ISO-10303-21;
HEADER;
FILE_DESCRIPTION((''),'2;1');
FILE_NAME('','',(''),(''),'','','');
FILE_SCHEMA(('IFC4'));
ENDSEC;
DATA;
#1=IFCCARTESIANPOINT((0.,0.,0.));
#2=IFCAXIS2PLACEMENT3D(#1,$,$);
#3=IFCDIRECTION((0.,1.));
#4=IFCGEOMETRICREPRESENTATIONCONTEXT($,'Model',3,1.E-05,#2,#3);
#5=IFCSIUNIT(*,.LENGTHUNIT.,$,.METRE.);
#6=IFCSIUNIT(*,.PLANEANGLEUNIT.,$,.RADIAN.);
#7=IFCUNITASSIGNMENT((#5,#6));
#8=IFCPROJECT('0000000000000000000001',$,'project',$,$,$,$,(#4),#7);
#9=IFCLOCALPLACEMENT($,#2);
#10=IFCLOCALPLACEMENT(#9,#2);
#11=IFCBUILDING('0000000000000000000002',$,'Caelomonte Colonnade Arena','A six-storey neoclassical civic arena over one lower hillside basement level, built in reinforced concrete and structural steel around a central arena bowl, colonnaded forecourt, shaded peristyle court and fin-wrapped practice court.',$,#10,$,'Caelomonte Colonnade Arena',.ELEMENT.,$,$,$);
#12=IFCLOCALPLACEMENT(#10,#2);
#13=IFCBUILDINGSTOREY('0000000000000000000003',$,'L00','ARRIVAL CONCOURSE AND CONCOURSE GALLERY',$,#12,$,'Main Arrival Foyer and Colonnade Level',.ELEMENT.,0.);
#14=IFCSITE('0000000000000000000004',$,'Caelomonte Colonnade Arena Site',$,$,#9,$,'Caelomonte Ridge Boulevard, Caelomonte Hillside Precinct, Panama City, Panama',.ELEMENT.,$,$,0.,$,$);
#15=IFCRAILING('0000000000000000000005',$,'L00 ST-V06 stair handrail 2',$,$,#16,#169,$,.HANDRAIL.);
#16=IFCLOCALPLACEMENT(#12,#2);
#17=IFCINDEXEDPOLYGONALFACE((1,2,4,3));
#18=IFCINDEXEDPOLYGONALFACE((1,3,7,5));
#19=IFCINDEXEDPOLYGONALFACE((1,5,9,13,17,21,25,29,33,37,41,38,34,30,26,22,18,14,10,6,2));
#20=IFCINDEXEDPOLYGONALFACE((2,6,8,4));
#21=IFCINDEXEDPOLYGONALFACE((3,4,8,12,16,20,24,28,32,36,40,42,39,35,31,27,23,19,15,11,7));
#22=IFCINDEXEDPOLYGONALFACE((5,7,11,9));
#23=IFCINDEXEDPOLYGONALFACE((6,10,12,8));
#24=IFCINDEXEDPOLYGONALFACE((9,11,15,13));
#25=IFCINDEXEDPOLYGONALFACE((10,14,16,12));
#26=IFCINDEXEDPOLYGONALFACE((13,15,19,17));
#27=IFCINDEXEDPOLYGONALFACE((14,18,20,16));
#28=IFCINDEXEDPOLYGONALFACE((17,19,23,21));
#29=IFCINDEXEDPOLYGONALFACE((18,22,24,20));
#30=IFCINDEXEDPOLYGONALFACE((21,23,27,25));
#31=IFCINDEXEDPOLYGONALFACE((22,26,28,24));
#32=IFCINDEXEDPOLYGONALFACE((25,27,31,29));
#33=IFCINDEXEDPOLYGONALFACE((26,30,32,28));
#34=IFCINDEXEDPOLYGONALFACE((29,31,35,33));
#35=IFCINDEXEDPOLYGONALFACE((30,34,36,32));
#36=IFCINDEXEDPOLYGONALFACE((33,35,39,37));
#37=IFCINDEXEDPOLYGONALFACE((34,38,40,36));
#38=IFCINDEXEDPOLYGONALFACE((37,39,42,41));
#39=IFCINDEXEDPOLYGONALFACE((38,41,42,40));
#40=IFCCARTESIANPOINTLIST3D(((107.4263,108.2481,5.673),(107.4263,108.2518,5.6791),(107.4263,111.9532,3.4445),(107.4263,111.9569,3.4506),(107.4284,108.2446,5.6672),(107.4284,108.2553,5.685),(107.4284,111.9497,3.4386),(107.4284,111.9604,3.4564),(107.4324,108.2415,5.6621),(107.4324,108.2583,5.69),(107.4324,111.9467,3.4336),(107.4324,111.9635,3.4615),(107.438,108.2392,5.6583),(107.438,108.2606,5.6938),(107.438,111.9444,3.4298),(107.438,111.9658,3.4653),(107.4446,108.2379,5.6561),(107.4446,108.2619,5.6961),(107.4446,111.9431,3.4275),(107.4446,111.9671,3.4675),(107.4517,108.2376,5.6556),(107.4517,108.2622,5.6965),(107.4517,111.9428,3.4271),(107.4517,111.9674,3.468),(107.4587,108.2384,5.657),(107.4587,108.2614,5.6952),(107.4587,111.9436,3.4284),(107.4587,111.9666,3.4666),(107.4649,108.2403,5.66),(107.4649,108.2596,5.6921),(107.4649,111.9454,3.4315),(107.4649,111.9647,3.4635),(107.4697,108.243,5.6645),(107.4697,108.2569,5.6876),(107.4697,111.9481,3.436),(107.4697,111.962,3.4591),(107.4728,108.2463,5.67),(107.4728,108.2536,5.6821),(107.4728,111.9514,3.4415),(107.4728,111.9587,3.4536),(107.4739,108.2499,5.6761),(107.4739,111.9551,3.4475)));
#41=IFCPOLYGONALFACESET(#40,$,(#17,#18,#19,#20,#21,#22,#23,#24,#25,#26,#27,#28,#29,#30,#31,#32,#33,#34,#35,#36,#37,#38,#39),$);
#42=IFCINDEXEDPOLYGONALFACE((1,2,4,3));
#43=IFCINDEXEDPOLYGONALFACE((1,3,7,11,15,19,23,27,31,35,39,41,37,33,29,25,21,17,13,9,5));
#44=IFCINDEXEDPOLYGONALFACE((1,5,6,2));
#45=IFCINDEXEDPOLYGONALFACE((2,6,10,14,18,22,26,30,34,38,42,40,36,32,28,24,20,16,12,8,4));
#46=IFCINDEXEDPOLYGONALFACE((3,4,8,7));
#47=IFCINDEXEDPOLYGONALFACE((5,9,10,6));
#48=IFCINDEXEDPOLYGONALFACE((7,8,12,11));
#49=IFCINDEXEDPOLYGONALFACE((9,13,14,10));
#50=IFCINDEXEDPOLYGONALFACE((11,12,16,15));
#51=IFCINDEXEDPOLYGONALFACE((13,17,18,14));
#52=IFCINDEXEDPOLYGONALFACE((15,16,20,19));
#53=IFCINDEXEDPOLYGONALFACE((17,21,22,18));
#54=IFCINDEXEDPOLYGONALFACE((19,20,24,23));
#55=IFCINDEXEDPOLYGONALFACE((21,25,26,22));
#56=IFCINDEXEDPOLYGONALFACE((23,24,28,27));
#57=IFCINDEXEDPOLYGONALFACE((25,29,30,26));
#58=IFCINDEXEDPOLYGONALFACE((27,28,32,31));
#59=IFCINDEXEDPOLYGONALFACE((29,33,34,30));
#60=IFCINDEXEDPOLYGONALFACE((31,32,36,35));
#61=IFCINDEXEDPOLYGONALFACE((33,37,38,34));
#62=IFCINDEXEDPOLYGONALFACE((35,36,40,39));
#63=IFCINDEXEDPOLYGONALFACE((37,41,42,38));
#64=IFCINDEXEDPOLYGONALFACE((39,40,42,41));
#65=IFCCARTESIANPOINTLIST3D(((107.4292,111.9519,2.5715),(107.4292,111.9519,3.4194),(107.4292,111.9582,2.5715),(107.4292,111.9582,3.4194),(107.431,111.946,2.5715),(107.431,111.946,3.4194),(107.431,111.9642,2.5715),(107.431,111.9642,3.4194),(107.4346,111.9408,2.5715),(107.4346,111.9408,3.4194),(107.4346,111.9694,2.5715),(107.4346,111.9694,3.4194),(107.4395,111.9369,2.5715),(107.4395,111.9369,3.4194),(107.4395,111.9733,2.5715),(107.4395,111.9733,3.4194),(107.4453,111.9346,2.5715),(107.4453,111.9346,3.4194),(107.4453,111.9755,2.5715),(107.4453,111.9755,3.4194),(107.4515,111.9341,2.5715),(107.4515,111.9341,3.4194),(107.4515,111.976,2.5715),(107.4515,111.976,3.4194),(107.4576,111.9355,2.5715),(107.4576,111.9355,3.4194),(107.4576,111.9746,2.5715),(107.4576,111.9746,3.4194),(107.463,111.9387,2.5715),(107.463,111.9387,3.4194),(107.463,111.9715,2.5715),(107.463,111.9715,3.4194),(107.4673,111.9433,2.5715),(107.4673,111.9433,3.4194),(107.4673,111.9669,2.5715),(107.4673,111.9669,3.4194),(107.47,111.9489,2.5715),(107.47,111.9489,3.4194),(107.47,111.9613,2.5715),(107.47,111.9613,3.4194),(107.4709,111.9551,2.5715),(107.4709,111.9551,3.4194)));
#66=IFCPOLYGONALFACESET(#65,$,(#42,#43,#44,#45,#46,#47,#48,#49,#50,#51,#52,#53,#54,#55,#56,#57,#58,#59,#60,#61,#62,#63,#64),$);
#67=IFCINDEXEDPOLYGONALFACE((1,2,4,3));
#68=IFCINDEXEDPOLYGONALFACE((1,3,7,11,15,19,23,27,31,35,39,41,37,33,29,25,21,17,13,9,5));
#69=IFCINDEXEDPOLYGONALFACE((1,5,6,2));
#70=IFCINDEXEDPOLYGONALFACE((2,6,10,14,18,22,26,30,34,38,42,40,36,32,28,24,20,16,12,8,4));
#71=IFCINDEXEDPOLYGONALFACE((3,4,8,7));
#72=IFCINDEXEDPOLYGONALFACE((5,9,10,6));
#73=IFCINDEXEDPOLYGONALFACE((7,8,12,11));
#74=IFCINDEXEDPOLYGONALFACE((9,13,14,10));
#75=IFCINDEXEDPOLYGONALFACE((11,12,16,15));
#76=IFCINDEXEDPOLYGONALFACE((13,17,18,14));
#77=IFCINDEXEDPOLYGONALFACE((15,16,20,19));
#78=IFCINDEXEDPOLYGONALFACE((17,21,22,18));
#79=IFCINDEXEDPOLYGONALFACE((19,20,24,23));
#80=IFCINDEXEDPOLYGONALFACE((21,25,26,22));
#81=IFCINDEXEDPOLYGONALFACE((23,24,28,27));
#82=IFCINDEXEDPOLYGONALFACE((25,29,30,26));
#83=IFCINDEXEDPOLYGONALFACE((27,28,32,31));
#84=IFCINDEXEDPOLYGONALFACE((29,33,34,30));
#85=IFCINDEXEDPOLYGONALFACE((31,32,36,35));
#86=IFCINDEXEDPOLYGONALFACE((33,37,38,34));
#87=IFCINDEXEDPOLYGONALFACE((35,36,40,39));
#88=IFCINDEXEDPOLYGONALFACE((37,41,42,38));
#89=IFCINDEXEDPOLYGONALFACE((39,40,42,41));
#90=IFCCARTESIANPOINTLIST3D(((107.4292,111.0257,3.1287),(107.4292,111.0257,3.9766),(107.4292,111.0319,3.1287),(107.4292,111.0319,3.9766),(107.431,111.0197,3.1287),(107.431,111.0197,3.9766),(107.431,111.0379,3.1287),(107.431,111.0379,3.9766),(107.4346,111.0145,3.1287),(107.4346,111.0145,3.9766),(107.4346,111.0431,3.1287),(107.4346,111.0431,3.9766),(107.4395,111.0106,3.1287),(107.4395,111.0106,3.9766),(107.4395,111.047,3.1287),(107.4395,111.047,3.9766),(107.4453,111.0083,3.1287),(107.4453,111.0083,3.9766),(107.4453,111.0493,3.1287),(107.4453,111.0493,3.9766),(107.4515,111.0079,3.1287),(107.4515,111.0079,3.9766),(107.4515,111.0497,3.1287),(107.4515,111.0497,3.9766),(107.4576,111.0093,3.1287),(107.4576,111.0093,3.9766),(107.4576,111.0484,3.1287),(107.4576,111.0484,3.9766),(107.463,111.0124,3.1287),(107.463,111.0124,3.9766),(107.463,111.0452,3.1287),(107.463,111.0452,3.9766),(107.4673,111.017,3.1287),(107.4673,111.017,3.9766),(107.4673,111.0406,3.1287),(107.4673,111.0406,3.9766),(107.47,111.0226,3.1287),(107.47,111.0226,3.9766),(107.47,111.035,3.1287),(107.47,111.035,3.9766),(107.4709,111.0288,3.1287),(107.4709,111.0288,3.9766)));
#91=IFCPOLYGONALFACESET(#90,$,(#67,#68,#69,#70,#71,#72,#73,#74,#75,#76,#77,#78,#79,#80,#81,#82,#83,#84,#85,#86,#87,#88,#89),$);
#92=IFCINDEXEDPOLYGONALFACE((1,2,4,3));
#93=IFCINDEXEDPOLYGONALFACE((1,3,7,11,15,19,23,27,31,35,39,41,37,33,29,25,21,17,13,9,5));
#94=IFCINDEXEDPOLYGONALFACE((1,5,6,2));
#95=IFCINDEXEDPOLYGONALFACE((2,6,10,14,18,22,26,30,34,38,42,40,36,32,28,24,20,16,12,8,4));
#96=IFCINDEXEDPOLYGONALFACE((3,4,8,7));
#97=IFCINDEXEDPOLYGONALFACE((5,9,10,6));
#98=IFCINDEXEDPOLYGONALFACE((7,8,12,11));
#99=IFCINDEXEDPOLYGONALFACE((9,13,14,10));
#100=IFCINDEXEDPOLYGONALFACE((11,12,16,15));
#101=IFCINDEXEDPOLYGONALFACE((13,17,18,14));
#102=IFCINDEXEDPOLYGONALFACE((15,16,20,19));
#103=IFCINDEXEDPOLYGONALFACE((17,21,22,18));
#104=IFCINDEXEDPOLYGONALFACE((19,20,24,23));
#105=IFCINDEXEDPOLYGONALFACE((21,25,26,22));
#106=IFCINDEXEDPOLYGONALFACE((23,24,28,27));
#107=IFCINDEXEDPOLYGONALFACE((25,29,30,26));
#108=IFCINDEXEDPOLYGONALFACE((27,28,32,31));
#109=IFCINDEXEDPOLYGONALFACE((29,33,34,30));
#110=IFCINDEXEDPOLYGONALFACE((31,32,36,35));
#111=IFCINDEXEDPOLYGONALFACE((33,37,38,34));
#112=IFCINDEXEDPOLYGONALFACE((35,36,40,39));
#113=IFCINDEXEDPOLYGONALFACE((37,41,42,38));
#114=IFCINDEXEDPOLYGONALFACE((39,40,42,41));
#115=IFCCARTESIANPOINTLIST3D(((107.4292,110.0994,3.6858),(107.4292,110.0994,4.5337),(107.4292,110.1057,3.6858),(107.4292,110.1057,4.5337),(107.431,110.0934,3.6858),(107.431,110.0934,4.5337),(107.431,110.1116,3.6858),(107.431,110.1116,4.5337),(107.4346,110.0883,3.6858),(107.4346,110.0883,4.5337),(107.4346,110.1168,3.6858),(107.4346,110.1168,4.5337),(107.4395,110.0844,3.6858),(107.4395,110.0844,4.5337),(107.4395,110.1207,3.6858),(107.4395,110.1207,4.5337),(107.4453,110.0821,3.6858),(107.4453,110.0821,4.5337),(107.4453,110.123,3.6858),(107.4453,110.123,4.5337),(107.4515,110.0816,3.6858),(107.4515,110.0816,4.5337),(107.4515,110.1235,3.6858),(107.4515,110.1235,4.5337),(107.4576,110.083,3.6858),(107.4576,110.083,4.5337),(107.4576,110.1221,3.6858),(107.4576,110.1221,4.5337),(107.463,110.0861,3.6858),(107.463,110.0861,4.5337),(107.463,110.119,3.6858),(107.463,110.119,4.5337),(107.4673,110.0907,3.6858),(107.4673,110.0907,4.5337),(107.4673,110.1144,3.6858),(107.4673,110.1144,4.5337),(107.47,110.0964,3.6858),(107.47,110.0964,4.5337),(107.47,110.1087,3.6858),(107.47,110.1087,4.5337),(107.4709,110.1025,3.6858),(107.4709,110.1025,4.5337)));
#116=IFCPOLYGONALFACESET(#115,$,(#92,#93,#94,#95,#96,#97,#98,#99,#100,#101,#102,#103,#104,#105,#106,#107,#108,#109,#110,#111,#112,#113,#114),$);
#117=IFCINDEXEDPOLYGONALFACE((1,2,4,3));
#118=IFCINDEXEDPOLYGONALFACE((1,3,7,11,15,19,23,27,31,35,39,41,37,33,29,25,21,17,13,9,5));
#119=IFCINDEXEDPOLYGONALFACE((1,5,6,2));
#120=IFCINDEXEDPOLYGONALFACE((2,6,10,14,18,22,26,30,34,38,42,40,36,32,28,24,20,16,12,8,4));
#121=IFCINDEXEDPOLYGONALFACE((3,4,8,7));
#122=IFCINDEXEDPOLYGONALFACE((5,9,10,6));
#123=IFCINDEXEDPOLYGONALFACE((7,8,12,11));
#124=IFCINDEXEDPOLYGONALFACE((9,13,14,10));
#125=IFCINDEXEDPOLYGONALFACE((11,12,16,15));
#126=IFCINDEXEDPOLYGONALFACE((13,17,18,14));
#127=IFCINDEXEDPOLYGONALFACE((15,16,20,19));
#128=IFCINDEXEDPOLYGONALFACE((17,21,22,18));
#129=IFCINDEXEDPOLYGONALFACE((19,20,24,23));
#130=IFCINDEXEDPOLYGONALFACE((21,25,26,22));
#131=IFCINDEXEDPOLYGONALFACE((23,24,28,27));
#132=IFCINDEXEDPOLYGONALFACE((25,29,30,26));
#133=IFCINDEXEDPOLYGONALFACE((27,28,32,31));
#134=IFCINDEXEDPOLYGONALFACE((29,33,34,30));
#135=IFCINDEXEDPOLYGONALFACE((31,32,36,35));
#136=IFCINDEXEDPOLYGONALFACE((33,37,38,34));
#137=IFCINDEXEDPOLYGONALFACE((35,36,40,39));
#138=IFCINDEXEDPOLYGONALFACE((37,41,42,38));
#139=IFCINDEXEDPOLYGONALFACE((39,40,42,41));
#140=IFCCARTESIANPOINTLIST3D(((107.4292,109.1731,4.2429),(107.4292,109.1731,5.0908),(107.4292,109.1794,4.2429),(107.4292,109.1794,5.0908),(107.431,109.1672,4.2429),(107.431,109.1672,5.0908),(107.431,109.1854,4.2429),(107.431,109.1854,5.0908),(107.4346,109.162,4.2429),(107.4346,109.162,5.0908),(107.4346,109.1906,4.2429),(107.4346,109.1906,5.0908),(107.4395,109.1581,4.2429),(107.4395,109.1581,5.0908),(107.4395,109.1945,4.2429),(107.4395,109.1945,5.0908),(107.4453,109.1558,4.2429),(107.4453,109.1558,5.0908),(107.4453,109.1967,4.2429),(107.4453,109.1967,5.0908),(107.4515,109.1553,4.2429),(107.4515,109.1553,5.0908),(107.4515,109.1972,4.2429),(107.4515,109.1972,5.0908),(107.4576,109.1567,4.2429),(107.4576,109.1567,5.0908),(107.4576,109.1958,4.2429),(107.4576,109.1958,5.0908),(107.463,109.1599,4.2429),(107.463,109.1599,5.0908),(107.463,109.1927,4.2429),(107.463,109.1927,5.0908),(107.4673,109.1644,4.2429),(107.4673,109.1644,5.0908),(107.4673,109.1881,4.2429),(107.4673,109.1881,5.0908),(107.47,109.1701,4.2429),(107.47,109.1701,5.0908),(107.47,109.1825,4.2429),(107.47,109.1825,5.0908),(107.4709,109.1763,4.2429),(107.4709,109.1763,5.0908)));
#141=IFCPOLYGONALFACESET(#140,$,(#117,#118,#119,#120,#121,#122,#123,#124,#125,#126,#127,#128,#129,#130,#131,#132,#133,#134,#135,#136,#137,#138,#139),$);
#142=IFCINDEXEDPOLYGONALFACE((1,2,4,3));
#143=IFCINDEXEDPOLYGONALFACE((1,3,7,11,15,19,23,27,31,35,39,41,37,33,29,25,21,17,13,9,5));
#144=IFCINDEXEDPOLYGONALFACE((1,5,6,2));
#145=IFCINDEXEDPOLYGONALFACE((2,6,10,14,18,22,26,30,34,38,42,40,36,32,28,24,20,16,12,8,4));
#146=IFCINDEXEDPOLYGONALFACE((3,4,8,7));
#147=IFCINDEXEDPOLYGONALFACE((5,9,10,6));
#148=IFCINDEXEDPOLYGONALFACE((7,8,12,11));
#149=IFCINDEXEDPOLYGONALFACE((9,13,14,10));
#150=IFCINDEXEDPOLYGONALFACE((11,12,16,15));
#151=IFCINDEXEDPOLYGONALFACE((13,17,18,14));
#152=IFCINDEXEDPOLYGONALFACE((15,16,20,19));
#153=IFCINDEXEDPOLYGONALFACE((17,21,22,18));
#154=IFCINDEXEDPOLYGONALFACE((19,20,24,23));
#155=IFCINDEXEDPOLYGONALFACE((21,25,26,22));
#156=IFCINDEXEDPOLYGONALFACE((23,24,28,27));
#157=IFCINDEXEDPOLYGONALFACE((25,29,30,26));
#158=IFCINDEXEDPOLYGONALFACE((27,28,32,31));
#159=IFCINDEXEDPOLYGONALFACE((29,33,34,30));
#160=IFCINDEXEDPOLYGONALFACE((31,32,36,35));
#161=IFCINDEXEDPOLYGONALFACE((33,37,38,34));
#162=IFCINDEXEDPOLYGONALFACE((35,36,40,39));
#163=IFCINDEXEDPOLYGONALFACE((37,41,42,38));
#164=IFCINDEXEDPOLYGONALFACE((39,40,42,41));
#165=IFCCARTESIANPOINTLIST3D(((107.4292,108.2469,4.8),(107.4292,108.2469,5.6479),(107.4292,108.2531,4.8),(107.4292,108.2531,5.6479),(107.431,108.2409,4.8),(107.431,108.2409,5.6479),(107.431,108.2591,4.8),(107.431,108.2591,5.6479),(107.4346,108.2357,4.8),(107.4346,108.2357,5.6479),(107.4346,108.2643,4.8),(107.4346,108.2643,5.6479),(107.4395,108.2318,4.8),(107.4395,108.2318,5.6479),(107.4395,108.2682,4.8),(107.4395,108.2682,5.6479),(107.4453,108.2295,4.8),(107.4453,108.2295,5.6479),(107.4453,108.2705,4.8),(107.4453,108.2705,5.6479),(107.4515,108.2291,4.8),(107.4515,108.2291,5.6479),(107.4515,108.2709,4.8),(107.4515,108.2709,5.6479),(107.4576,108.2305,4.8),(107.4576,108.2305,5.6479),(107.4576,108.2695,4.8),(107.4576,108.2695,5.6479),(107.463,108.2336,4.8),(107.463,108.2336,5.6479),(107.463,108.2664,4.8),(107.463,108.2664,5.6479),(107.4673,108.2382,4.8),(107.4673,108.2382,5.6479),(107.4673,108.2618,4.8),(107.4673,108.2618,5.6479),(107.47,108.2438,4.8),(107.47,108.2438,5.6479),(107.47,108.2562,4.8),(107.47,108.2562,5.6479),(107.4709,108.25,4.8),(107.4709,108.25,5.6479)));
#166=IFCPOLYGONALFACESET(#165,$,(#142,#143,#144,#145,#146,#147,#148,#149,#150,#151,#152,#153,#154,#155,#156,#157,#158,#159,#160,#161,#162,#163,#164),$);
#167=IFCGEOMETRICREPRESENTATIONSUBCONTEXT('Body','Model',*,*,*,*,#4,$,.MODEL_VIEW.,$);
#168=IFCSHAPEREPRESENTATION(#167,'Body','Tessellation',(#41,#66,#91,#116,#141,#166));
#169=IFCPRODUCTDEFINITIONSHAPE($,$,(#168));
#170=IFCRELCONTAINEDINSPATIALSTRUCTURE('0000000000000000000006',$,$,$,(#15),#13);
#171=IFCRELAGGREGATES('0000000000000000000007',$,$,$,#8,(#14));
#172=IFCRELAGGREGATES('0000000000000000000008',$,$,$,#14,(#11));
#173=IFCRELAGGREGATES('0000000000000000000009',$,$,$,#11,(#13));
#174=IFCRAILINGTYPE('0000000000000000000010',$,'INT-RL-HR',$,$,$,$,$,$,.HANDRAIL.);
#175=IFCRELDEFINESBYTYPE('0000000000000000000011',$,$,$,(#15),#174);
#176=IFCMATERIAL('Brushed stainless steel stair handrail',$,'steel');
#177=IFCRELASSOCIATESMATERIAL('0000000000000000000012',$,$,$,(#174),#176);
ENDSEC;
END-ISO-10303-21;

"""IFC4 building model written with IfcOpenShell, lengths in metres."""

from ifc_helpers import new_model, si_unit, direction, frame, origin, origin_2d, place, context, subcontext, project, spatial, circle, extrude, material, type_object, element, save


model = new_model("IFC4")

# Units and contexts
model_context = context("Model", 3, precision=1e-05, world=origin(), true_north=direction((0.0, 1.0)))
body_context = subcontext(model_context, "Body", "Model", "MODEL_VIEW")
ifc_project = project(units=[si_unit("LENGTHUNIT", "METRE"), si_unit("PLANEANGLEUNIT", "RADIAN")], contexts=[model_context])

# Site, building, storey
site_placement = place(None, origin())
site = spatial("IfcSite", under=ifc_project, at=site_placement, Name="Caelomonte Colonnade Arena Site", LongName="Caelomonte Ridge Boulevard, Caelomonte Hillside Precinct, Panama City, Panama", CompositionType="ELEMENT", RefElevation=0.0)
building_placement = place(site_placement, origin())
building = spatial("IfcBuilding", under=site, at=building_placement, Name="Caelomonte Colonnade Arena", Description="A six-storey neoclassical civic arena over one lower hillside basement level, built in reinforced concrete and structural steel around a central arena bowl, colonnaded forecourt, shaded peristyle court and fin-wrapped practice court.", LongName="Caelomonte Colonnade Arena", CompositionType="ELEMENT")
storey_placement = place(building_placement, origin())
storey = spatial("IfcBuildingStorey", under=building, at=storey_placement, Name="L00", Description="ARRIVAL CONCOURSE AND CONCOURSE GALLERY", LongName="Main Arrival Foyer and Colonnade Level", CompositionType="ELEMENT", Elevation=0.0)

# Railing
ifc_material_1 = material(Name="Brushed stainless steel stair handrail", Category="steel")
railing_type_1 = type_object("IfcRailingType", Name="INT-RL-HR", PredefinedType="HANDRAIL", material=ifc_material_1)
railing_1_placement = place(storey_placement, frame((107.45, 111.9551, 2.5715)))
element("IfcRailing", 1, at=railing_1_placement, inside=storey, type_object=railing_type_1, Name="L00 ST-V06 stair handrail 2", PredefinedType="HANDRAIL", context=body_context, shape_type="SweptSolid", body=[
    extrude(circle(Radius=0.0239, at=origin_2d()), frame((0.0, 0.0, 0.876), z_axis=(0.0, -0.856934, 0.515425), x_axis=(1.0, 0.0, 0.0)), (0.0, 0.0, 1.0), 4.3237),
    extrude(circle(Radius=0.021, at=origin_2d()), origin(), (0.0, 0.0, 1.0), 0.8479),
    extrude(circle(Radius=0.021, at=origin_2d()), frame((0.0, -0.9263, 0.5571)), (0.0, 0.0, 1.0), 0.8479),
    extrude(circle(Radius=0.021, at=origin_2d()), frame((0.0, -1.8525, 1.1143)), (0.0, 0.0, 1.0), 0.8479),
    extrude(circle(Radius=0.021, at=origin_2d()), frame((0.0, -2.7788, 1.6714)), (0.0, 0.0, 1.0), 0.8479),
    extrude(circle(Radius=0.021, at=origin_2d()), frame((0.0, -3.7051, 2.2285)), (0.0, 0.0, 1.0), 0.8479),
])

save(model, "model.ifc")
